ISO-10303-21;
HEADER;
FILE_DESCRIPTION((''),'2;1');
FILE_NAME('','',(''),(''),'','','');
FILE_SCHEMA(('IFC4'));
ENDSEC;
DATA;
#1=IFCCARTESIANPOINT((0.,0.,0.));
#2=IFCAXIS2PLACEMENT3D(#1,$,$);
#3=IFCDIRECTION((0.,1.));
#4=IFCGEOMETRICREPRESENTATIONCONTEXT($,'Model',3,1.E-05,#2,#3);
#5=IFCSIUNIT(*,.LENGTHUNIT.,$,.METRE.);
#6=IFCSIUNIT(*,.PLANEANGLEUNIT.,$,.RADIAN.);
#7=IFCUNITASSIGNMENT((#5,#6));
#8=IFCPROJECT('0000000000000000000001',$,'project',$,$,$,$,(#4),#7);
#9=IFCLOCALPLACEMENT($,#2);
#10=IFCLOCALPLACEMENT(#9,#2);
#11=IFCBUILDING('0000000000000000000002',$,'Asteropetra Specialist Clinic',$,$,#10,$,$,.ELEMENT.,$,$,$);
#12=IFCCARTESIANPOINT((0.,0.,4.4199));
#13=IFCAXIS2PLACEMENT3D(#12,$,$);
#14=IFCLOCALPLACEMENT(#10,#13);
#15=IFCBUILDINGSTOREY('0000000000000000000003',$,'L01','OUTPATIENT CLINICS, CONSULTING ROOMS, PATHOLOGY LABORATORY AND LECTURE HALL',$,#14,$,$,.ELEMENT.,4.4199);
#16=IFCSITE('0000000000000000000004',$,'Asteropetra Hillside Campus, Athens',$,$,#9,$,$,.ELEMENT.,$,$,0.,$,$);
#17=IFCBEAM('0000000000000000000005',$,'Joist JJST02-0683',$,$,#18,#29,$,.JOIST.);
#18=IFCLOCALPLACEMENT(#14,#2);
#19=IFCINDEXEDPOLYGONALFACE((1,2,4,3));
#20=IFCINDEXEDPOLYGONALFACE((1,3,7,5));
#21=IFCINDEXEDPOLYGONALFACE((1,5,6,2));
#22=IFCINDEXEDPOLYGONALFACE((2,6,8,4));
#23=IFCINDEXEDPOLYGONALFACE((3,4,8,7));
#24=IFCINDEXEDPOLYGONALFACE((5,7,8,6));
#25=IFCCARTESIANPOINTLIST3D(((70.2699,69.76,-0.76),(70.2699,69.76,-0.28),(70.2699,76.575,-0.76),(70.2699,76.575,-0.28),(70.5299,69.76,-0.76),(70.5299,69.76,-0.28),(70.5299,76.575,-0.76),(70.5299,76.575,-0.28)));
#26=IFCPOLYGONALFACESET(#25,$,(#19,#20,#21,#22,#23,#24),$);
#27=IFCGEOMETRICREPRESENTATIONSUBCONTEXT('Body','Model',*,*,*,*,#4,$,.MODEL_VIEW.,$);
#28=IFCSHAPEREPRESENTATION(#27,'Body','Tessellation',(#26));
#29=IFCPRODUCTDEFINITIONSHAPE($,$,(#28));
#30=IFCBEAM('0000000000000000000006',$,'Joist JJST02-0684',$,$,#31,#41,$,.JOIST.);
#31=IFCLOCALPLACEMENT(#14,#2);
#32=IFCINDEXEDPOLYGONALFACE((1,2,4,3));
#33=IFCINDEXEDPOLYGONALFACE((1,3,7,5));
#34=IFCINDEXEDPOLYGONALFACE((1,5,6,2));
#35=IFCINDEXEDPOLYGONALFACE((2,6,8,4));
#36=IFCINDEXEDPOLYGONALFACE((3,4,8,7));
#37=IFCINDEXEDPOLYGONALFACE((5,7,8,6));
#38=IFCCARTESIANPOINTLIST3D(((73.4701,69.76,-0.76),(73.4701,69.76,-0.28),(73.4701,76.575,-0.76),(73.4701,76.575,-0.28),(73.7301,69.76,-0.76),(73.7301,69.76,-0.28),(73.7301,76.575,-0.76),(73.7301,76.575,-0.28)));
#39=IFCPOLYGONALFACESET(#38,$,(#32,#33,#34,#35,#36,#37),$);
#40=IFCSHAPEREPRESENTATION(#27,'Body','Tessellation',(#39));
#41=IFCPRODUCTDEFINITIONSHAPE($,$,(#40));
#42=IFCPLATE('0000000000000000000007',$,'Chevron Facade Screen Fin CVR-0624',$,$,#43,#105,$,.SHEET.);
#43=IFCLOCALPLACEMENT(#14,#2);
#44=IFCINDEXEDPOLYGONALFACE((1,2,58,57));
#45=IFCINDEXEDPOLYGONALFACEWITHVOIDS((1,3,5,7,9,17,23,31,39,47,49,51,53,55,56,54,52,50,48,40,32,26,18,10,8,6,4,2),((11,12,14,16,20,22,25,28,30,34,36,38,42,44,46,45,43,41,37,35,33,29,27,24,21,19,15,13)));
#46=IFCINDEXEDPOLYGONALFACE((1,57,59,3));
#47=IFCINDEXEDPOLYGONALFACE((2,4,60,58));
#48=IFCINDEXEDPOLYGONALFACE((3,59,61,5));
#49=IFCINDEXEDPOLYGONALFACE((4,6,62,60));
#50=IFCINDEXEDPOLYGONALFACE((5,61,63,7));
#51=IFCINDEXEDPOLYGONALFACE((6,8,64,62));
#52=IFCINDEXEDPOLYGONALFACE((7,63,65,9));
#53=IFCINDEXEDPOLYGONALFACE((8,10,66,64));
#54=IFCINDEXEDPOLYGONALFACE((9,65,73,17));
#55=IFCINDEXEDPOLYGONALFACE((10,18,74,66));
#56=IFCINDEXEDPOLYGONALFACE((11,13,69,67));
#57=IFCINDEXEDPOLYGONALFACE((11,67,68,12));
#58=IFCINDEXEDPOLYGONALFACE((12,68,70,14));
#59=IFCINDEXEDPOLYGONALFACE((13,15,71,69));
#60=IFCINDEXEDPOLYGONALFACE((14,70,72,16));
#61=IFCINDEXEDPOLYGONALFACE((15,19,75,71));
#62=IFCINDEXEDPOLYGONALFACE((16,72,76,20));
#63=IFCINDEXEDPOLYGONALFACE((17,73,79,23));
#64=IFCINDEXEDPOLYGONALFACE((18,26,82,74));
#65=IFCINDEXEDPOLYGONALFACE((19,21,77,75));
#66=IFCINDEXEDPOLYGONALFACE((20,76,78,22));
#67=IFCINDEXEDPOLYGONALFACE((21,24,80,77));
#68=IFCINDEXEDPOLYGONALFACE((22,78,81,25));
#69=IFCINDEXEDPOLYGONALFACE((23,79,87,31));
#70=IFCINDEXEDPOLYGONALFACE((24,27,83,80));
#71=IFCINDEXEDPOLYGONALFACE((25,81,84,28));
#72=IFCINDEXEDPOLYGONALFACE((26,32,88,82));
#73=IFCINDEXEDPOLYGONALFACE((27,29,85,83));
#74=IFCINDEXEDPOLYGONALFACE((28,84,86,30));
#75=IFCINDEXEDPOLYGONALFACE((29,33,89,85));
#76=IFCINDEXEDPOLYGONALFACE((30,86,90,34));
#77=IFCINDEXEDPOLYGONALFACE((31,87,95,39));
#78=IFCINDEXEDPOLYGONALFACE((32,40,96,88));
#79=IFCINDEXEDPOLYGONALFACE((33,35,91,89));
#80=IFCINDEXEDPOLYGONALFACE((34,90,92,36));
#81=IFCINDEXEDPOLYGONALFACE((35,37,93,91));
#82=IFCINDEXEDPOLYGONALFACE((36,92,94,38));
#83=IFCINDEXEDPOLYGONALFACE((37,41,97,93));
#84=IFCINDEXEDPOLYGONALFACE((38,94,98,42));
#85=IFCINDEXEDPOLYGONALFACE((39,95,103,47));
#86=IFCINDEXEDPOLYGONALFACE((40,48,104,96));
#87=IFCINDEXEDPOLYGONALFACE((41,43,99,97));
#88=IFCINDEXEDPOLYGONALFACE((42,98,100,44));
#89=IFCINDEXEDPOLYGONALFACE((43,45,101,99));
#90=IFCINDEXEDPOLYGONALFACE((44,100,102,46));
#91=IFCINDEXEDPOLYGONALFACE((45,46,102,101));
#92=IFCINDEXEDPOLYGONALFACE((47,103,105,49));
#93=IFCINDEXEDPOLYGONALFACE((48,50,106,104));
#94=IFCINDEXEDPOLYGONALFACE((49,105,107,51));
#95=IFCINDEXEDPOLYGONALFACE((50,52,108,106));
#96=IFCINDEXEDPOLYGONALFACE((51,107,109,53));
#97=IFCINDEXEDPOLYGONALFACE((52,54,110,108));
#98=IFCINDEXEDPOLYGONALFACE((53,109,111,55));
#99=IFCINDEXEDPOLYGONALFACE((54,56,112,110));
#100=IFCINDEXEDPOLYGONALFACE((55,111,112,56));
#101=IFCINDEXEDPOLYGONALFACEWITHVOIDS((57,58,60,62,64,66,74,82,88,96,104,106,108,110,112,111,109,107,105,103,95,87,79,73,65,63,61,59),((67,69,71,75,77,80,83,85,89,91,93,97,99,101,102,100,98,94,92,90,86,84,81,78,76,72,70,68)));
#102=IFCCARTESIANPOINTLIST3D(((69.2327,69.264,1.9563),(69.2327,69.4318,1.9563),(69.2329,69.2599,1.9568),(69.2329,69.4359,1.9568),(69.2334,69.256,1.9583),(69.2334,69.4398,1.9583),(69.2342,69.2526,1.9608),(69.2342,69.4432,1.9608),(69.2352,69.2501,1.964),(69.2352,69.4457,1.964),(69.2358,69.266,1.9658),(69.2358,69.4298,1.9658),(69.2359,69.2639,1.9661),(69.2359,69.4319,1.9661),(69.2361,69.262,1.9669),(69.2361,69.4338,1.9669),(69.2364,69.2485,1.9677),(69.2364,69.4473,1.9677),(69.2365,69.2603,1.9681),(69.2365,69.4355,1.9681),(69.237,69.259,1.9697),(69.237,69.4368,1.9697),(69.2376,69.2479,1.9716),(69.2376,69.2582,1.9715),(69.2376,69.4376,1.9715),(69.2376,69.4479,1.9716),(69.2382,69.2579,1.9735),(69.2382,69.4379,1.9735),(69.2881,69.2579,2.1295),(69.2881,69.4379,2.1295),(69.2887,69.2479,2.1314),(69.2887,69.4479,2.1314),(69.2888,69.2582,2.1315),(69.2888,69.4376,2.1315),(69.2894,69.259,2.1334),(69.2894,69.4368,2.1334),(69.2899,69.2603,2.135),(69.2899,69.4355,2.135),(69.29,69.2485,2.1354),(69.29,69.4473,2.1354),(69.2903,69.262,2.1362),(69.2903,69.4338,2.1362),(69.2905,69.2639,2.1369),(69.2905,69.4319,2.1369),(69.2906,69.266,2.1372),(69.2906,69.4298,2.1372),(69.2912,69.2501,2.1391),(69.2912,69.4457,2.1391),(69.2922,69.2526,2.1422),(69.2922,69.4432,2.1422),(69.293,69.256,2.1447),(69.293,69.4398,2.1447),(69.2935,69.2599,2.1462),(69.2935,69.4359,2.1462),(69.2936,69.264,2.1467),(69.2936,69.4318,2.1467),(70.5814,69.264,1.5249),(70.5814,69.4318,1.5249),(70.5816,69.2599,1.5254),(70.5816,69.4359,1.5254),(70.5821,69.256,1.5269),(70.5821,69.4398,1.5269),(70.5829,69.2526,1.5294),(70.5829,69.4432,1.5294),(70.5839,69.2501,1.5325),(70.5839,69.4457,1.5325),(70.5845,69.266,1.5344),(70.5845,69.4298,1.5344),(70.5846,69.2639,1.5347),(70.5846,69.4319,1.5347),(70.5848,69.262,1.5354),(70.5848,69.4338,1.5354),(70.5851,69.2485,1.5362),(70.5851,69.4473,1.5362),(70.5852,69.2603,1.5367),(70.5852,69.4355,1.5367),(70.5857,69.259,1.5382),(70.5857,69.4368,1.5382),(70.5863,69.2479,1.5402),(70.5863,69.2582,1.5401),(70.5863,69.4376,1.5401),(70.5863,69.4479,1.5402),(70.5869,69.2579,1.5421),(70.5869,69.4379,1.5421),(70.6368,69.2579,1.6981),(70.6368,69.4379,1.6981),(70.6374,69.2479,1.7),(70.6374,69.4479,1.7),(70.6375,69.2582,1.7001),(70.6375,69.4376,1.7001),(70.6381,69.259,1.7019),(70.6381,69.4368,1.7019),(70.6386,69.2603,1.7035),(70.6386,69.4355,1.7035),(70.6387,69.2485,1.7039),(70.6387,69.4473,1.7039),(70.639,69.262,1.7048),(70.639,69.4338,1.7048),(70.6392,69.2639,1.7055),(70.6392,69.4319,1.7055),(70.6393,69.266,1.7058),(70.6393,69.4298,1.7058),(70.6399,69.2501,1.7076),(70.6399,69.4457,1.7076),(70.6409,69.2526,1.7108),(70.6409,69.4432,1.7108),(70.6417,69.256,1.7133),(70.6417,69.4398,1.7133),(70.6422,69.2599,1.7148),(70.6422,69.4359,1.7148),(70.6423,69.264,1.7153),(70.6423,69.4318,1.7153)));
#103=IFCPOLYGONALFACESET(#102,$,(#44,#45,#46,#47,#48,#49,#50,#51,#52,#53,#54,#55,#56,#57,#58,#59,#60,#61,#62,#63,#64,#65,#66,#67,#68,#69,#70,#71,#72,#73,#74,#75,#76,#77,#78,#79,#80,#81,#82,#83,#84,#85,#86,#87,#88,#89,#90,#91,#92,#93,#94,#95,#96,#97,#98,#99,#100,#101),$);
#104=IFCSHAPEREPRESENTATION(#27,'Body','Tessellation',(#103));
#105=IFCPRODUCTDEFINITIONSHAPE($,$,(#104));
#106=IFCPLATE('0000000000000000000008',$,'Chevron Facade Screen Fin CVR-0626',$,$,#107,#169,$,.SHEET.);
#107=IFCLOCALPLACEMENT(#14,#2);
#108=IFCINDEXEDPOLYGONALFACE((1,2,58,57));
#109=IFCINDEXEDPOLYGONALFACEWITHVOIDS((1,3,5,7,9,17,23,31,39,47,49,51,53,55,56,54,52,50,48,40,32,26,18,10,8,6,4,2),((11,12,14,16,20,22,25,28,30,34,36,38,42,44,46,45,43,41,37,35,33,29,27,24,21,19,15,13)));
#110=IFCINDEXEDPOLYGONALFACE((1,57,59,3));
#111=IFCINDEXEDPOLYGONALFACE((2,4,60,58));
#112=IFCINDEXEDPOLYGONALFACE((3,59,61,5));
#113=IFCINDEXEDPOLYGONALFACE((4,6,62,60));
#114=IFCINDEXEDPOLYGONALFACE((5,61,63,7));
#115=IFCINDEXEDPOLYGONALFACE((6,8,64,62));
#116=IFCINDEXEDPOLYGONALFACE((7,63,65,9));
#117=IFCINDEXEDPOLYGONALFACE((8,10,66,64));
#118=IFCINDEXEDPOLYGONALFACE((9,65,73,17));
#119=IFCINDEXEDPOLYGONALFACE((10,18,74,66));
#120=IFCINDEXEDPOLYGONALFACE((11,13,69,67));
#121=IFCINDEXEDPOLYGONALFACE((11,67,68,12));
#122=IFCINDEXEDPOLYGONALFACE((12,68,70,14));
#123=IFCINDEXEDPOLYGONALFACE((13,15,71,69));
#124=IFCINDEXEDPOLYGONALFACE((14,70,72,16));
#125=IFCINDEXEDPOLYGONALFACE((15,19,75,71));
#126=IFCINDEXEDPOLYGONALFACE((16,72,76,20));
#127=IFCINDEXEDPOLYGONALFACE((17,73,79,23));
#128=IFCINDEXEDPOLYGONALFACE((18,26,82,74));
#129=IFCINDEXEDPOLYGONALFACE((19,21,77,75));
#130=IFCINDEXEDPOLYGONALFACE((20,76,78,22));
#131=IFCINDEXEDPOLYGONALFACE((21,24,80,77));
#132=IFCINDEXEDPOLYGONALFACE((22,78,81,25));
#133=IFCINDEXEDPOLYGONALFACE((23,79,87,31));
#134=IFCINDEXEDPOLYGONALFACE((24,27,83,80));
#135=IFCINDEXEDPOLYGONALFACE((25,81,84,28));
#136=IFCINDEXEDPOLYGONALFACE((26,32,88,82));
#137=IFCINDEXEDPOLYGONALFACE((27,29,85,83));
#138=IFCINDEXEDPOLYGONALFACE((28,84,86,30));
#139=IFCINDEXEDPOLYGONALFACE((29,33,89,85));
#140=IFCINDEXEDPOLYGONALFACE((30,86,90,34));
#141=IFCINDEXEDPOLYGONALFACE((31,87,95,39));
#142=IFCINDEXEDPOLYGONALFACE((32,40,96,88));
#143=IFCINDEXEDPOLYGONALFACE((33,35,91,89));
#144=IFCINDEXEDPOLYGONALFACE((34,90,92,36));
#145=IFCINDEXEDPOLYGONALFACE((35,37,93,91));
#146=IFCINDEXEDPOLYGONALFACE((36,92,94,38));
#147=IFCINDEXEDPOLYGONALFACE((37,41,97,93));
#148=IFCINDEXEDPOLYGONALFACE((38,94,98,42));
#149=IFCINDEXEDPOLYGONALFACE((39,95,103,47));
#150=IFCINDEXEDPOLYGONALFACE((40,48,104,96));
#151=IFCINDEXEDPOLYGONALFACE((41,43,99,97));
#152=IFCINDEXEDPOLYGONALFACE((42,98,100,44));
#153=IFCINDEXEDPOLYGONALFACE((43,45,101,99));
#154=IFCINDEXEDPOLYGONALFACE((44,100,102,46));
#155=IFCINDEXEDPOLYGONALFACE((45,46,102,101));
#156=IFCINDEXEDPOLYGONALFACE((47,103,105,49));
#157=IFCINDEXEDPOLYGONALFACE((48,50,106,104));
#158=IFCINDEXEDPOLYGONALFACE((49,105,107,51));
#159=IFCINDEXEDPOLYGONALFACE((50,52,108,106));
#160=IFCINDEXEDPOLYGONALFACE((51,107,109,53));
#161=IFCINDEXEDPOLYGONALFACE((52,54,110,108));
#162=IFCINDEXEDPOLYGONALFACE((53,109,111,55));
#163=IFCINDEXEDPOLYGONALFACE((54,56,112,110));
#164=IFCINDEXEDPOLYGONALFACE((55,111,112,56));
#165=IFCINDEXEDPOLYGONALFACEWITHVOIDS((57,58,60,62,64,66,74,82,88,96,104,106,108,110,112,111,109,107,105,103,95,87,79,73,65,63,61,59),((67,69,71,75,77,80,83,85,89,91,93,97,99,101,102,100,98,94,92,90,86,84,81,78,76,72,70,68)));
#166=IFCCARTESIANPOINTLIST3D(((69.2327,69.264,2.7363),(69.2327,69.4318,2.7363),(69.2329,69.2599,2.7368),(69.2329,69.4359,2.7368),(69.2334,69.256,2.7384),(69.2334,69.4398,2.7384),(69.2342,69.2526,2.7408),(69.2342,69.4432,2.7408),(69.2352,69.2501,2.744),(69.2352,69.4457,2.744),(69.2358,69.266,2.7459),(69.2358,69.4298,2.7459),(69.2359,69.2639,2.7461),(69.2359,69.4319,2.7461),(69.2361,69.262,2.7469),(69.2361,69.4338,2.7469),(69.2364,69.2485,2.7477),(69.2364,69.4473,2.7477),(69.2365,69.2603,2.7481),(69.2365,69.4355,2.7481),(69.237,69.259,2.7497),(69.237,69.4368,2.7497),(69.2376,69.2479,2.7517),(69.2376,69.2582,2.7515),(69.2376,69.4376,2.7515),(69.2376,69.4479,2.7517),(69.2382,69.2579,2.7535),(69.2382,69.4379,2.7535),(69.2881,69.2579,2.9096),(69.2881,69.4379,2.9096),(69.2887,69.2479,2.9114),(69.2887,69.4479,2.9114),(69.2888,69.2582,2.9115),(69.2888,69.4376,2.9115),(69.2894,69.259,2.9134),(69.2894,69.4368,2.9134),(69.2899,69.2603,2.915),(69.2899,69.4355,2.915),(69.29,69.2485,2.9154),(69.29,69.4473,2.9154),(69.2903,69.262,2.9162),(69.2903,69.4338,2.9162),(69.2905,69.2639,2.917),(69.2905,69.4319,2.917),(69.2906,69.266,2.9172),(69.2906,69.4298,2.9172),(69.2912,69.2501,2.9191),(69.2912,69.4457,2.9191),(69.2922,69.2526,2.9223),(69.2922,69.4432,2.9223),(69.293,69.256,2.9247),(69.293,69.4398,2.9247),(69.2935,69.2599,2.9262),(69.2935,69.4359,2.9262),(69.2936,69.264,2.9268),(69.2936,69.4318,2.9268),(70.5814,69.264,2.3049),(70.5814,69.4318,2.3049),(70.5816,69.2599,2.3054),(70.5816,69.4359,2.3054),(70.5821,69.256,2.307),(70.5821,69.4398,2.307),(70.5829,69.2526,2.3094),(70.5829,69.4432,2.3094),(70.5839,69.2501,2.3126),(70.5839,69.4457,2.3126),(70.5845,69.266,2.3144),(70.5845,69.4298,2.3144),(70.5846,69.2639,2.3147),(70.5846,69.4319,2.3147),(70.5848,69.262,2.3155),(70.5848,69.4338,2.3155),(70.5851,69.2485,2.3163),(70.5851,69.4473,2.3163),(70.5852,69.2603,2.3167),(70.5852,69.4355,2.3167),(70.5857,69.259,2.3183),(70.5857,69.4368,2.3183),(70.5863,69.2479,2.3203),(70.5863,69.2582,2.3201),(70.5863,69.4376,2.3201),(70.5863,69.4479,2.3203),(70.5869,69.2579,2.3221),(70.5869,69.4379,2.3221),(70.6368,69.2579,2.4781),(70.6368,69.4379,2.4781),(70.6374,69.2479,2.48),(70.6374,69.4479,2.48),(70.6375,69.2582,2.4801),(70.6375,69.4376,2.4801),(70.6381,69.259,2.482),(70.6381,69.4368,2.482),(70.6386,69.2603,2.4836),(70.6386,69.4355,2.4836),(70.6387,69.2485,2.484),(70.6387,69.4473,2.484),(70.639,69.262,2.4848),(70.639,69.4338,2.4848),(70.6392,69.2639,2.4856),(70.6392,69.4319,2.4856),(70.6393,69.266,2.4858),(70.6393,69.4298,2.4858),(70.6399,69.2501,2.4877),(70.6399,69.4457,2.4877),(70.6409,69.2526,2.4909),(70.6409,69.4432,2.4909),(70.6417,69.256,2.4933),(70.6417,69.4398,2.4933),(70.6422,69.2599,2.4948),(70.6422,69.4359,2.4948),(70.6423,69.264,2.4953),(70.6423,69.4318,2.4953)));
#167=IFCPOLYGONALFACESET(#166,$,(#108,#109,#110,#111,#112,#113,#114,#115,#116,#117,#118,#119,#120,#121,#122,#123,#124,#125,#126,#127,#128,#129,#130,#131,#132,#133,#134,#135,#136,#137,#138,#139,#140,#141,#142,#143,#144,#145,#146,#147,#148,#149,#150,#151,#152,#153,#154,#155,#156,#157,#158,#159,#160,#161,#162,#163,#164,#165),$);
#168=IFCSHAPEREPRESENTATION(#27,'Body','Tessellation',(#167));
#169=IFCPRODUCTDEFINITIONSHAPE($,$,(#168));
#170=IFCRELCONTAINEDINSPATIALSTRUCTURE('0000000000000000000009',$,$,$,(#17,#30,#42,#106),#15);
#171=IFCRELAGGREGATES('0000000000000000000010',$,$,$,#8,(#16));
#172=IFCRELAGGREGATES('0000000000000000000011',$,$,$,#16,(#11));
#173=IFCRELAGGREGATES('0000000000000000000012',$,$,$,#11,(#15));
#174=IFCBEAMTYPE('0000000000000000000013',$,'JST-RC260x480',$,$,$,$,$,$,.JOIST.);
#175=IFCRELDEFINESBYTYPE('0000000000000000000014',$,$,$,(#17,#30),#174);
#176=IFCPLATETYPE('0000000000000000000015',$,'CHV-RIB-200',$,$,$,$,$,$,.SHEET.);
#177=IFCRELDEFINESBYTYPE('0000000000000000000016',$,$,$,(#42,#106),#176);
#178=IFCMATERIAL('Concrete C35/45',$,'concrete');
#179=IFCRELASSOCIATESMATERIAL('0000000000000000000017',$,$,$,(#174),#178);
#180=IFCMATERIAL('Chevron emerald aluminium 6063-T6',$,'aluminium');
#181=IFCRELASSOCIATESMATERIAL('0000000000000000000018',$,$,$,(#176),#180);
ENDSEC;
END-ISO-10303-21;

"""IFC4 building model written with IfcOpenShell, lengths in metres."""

from ifc_helpers import new_model, si_unit, direction, frame, origin, origin_2d, place, context, subcontext, project, spatial, rectangle, hollow_rectangle, extrude, material, material_profile, profile_set, type_object, element, save


model = new_model("IFC4")

# Units and contexts
model_context = context("Model", 3, precision=1e-05, world=origin(), true_north=direction((0.0, 1.0)))
body_context = subcontext(model_context, "Body", "Model", "MODEL_VIEW")
ifc_project = project(units=[si_unit("LENGTHUNIT", "METRE"), si_unit("PLANEANGLEUNIT", "RADIAN")], contexts=[model_context])

# Site, building, storey
site_placement = place(None, origin())
site = spatial("IfcSite", under=ifc_project, at=site_placement, Name="Asteropetra Hillside Campus, Athens", CompositionType="ELEMENT", RefElevation=0.0)
building_placement = place(site_placement, origin())
building = spatial("IfcBuilding", under=site, at=building_placement, Name="Asteropetra Specialist Clinic", CompositionType="ELEMENT")
storey_placement = place(building_placement, frame((0.0, 0.0, 4.4199)))
storey = spatial("IfcBuildingStorey", under=building, at=storey_placement, Name="L01", Description="OUTPATIENT CLINICS, CONSULTING ROOMS, PATHOLOGY LABORATORY AND LECTURE HALL", CompositionType="ELEMENT", Elevation=4.4199)

# Beams
ifc_material_1 = material(Name="Concrete C35/45", Category="concrete")
ifc_material_profile_1 = material_profile(ifc_material_1, rectangle(XDim=0.26, YDim=0.48, at=origin_2d()), Name="RCJ 260x480")
ifc_profile_set_1 = profile_set([ifc_material_profile_1], Name="Concrete C35/45")
beam_type = type_object("IfcBeamType", Name="JST-RC260x480", PredefinedType="JOIST", material=ifc_profile_set_1)
for number, where, z_axis, x_axis, name in (
    (1, (70.3999, 69.76, -0.52), (0.0, 1.0, 0.0), (-1.0, 0.0, 0.0), "Joist JJST02-0683"),
    (2, (73.6001, 69.76, -0.52), (0.0, 1.0, 0.0), (-1.0, 0.0, 0.0), "Joist JJST02-0684"),
):
    element("IfcBeam", number, at=place(storey_placement, frame(where, z_axis=z_axis, x_axis=x_axis)), inside=storey, type_object=beam_type, Name=name, PredefinedType="JOIST", context=body_context, shape_type="SweptSolid", body=[
        extrude(rectangle(XDim=0.26, YDim=0.48, at=origin_2d()), origin(), (0.0, 0.0, 1.0), 6.8149),
    ])

# Plates
ifc_material_2 = material(Name="Chevron emerald aluminium 6063-T6", Category="aluminium")
ifc_material_profile_2 = material_profile(ifc_material_2, hollow_rectangle(XDim=0.2, YDim=0.2, WallThickness=0.01, InnerFilletRadius=0.0081, OuterFilletRadius=0.0161, at=origin_2d()), Name="SHS 200x200x10.0")
ifc_profile_set_2 = profile_set([ifc_material_profile_2], Name="Chevron emerald aluminium 6063-T6")
plate_type_1 = type_object("IfcPlateType", Name="CHV-RIB-200", PredefinedType="SHEET", material=ifc_profile_set_2)
for number, where, z_axis, x_axis, name in (
    (3, (69.2632, 69.3479, 2.0515), (0.952458, 0.0, -0.304669), (0.0, 1.0, 0.0), "Chevron Facade Screen Fin CVR-0624"),
    (4, (69.2632, 69.3479, 2.8315), (0.952458, 0.0, -0.304669), (0.0, 1.0, 0.0), "Chevron Facade Screen Fin CVR-0626"),
):
    element("IfcPlate", number, at=place(storey_placement, frame(where, z_axis=z_axis, x_axis=x_axis)), inside=storey, type_object=plate_type_1, Name=name, PredefinedType="SHEET", context=body_context, shape_type="SweptSolid", body=[
        extrude(hollow_rectangle(XDim=0.2, YDim=0.2, WallThickness=0.01, InnerFilletRadius=0.0081, OuterFilletRadius=0.0161, at=origin_2d()), origin(), (0.0, 0.0, 1.0), 1.416),
    ])

save(model, "model.ifc")
